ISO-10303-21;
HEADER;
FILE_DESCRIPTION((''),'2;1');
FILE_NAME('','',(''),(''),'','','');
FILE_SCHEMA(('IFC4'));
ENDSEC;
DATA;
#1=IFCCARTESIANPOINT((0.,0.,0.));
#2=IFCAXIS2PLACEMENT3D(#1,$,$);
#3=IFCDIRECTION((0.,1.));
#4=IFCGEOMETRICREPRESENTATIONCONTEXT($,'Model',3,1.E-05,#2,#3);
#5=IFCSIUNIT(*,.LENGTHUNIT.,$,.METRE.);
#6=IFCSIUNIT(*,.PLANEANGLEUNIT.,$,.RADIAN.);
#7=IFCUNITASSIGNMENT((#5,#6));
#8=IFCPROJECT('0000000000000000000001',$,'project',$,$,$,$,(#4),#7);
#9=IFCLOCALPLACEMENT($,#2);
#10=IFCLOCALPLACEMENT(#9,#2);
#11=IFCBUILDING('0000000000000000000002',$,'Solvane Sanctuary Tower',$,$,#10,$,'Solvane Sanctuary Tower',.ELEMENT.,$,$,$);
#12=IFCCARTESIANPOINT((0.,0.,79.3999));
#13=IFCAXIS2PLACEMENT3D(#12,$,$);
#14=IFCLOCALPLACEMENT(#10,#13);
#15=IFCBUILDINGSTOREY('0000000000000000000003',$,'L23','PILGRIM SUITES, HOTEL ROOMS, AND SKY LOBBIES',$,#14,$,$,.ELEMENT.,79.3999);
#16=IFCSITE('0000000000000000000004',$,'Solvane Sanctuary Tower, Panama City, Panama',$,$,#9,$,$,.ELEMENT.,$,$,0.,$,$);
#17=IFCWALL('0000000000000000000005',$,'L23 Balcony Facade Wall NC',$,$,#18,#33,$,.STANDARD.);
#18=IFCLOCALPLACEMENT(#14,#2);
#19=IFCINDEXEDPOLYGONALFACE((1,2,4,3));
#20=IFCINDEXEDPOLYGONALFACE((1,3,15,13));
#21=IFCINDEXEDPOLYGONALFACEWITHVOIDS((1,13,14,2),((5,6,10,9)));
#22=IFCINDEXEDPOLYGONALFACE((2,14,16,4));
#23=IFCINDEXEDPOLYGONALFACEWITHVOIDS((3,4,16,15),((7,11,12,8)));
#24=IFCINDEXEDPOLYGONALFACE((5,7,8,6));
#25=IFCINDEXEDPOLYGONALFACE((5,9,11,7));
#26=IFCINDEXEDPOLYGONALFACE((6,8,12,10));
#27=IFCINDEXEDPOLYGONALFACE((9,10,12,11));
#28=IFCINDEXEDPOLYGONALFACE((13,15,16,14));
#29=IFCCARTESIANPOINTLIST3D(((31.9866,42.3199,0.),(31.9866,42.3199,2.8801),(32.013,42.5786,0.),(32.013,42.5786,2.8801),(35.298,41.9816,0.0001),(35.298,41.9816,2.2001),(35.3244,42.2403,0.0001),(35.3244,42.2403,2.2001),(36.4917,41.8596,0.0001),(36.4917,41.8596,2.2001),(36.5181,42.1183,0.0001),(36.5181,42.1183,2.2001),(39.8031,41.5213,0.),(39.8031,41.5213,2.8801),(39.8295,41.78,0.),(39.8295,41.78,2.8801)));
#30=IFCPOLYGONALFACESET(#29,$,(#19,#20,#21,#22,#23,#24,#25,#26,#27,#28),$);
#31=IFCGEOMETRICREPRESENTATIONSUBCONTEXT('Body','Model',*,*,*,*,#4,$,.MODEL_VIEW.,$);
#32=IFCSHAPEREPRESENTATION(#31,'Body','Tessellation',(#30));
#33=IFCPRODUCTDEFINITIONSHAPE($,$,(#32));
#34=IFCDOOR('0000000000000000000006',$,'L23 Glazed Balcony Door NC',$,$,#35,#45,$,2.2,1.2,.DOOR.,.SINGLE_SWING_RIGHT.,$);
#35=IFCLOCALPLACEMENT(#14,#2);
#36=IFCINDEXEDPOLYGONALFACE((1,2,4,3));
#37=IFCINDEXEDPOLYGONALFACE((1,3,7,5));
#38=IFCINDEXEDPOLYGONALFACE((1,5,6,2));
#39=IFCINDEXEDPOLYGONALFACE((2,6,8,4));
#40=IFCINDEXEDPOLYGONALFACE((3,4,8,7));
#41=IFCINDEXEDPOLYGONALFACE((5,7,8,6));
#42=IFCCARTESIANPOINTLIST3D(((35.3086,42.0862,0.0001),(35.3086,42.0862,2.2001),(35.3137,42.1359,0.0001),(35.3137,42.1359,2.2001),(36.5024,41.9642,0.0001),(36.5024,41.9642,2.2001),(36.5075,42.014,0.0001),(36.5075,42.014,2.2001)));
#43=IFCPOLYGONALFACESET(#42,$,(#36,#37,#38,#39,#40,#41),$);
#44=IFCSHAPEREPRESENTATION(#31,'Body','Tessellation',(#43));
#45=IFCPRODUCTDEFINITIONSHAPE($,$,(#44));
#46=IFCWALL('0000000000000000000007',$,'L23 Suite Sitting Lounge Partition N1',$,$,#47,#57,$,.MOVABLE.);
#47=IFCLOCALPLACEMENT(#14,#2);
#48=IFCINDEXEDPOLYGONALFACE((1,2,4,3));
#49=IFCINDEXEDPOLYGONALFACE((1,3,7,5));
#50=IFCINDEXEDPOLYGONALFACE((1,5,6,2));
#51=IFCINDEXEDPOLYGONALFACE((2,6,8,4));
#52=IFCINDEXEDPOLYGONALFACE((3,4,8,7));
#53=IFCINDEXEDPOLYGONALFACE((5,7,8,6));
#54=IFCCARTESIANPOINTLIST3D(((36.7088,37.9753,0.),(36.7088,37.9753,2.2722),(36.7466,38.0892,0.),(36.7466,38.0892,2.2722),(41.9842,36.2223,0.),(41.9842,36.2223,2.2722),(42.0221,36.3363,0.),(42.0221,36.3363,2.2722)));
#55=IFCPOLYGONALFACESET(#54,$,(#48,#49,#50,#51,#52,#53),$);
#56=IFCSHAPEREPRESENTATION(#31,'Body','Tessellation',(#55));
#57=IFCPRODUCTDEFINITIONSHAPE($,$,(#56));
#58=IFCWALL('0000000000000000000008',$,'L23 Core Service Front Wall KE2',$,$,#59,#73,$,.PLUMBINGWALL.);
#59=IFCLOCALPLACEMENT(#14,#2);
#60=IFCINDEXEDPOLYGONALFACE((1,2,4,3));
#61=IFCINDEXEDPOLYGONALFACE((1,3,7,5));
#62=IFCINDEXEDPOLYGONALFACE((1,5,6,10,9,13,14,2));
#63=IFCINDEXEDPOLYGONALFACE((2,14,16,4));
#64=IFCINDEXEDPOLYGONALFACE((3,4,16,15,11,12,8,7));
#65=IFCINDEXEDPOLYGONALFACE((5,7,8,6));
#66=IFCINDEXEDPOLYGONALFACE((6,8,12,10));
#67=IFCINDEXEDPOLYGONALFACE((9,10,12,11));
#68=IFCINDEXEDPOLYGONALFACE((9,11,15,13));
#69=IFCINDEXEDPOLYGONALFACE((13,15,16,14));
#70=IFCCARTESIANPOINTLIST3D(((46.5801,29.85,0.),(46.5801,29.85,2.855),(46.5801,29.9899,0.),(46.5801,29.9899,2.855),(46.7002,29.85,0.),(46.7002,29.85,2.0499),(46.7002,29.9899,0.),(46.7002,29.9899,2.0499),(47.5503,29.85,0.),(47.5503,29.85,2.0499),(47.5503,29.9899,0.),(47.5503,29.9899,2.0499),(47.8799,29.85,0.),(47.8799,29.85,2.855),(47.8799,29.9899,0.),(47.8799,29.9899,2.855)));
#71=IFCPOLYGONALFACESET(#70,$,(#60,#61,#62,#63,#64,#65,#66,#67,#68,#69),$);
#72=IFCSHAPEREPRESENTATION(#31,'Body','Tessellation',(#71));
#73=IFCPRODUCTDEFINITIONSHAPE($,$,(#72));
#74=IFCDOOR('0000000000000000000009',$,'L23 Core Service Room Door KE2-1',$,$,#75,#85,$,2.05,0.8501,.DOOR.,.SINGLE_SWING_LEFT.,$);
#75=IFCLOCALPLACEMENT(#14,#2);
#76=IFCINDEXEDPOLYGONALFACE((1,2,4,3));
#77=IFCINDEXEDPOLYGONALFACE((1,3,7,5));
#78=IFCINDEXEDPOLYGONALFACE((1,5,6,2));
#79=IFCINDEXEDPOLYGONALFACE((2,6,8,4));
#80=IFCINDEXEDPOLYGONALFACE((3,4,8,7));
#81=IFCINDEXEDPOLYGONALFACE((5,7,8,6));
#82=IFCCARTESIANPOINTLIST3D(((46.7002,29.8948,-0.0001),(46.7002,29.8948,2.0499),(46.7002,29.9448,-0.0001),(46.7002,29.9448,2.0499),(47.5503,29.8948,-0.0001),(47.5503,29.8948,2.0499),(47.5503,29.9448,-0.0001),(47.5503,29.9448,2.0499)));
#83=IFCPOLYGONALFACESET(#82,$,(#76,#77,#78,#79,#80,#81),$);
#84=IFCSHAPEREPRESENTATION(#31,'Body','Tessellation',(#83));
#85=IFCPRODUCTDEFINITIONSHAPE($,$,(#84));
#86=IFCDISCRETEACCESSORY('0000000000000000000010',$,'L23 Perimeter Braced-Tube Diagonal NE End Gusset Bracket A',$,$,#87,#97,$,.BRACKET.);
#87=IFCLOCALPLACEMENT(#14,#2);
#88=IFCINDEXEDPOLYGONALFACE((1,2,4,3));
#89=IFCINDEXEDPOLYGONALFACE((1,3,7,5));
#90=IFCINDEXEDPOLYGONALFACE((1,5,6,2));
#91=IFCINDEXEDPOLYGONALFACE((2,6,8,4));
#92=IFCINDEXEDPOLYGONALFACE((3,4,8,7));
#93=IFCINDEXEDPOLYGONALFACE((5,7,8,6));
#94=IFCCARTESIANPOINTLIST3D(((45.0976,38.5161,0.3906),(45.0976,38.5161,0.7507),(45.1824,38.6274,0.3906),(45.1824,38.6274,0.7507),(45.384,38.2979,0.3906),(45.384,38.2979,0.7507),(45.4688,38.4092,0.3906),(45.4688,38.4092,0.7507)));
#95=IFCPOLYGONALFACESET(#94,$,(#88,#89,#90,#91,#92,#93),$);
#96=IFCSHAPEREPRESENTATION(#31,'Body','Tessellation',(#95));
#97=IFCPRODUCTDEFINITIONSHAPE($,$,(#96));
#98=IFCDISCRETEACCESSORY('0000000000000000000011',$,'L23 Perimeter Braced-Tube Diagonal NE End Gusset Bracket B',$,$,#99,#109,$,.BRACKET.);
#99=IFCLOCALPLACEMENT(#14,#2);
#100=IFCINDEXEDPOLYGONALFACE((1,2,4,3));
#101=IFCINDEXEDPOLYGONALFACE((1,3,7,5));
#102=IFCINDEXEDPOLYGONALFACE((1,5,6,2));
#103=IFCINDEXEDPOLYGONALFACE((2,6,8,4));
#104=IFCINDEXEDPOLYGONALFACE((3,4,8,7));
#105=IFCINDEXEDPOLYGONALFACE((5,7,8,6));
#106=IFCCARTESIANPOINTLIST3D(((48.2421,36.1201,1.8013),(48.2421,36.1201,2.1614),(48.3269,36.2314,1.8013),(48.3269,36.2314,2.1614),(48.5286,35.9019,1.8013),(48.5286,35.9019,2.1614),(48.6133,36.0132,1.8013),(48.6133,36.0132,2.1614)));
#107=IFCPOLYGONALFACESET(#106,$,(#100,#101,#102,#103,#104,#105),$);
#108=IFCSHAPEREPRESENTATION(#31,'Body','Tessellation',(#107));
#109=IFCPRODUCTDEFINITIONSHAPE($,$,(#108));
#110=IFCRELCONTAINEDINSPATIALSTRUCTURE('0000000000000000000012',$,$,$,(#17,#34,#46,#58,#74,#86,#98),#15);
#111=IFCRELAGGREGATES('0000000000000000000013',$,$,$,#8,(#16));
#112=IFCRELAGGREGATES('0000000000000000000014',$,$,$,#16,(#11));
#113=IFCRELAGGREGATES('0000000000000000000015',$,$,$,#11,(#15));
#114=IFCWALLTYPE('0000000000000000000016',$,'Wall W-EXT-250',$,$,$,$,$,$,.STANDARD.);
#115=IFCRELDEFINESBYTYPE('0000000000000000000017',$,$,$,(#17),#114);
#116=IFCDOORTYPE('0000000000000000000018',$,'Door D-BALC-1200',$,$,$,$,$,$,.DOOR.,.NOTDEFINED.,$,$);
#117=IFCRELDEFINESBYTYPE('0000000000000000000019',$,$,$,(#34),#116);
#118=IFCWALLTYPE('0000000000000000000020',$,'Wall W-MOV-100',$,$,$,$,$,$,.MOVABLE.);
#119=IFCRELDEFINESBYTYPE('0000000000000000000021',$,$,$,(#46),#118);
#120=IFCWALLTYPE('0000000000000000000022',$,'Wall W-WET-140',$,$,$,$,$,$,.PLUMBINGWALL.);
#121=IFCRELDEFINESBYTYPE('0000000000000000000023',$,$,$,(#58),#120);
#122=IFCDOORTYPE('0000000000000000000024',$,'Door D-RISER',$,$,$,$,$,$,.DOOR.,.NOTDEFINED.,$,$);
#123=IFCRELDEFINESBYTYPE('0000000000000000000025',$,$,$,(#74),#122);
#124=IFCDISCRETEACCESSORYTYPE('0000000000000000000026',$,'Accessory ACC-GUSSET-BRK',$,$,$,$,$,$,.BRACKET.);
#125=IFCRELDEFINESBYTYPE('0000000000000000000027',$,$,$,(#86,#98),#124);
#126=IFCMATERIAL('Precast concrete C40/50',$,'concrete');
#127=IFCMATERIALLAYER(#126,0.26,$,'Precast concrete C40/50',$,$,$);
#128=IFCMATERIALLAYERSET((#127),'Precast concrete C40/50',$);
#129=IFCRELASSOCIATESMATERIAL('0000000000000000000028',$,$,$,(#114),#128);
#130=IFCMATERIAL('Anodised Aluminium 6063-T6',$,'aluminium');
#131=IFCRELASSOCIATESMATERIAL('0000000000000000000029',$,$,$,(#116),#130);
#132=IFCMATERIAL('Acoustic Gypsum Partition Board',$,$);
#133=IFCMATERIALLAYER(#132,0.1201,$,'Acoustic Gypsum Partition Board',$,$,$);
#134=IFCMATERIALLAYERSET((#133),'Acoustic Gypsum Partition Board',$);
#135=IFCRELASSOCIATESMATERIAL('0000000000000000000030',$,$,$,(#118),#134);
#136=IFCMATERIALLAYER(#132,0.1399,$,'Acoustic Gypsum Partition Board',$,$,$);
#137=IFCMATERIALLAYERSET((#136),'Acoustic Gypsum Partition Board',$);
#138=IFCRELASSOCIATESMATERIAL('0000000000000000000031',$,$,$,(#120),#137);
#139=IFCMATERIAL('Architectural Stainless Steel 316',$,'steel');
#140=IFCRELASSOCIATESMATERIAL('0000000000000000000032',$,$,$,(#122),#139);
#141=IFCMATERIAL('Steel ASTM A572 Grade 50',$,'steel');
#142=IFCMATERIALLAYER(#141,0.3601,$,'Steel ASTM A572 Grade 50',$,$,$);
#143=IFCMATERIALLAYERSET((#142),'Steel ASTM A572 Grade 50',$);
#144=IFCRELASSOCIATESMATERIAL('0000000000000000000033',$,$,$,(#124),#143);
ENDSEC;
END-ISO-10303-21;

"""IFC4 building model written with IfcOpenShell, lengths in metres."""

from ifc_helpers import new_model, si_unit, direction, frame, frame_2d, origin, origin_2d, place, context, subcontext, project, spatial, rectangle, extrude, material, layer, layer_set, type_object, element, fill, save


model = new_model("IFC4")

# Units and contexts
model_context = context("Model", 3, precision=1e-05, world=origin(), true_north=direction((0.0, 1.0)))
body_context = subcontext(model_context, "Body", "Model", "MODEL_VIEW")
ifc_project = project(units=[si_unit("LENGTHUNIT", "METRE"), si_unit("PLANEANGLEUNIT", "RADIAN")], contexts=[model_context])

# Site, building, storey
site_placement = place(None, origin())
site = spatial("IfcSite", under=ifc_project, at=site_placement, Name="Solvane Sanctuary Tower, Panama City, Panama", CompositionType="ELEMENT", RefElevation=0.0)
building_placement = place(site_placement, origin())
building = spatial("IfcBuilding", under=site, at=building_placement, Name="Solvane Sanctuary Tower", LongName="Solvane Sanctuary Tower", CompositionType="ELEMENT")
storey_placement = place(building_placement, frame((0.0, 0.0, 79.3999)))
storey = spatial("IfcBuildingStorey", under=building, at=storey_placement, Name="L23", Description="PILGRIM SUITES, HOTEL ROOMS, AND SKY LOBBIES", CompositionType="ELEMENT", Elevation=79.3999)

# Shared definitions
ifc_material_1 = material(Name="Acoustic Gypsum Partition Board")

# Shared definitions
ifc_material_2 = material(Name="Precast concrete C40/50", Category="concrete")
ifc_layer_1 = layer(ifc_material_2, 0.26, Name="Precast concrete C40/50")
ifc_layer_set_1 = layer_set([ifc_layer_1], Name="Precast concrete C40/50")
wall_type_1 = type_object("IfcWallType", Name="Wall W-EXT-250", PredefinedType="STANDARD", material=ifc_layer_set_1)

# Wall, opening, door
wall_1_placement = place(storey_placement, frame((39.8164, 41.6506, 0.0), z_axis=(0.0, 0.0, 1.0), x_axis=(-0.994821, 0.101639, 0.0)))
wall_1 = element("IfcWall", 1, at=wall_1_placement, inside=storey, type_object=wall_type_1, Name="L23 Balcony Facade Wall NC", PredefinedType="STANDARD", context=body_context, shape_type="SweptSolid", body=[
    extrude(rectangle(XDim=7.8572, YDim=0.26, at=frame_2d((3.9287, 0.0))), origin(), (0.0, 0.0, 1.0), 2.8801),
])
opening_1_placement = place(wall_1_placement, frame((3.3286, 0.0, 0.0)))
opening_1 = element("IfcOpeningElement", 2, at=opening_1_placement, cuts=wall_1, PredefinedType="OPENING", context=body_context, shape_type="SweptSolid", body=[
    extrude(rectangle(XDim=1.2, YDim=2.2, at=frame_2d((0.6001, 1.1001))), frame((0.0, 0.1399, 0.0), z_axis=(0.0, -1.0, 0.0), x_axis=(1.0, 0.0, 0.0)), (0.0, 0.0, 1.0), 0.28),
])
ifc_material_3 = material(Name="Anodised Aluminium 6063-T6", Category="aluminium")
door_type_1 = type_object("IfcDoorType", Name="Door D-BALC-1200", OperationType="NOTDEFINED", PredefinedType="DOOR", material=ifc_material_3)
door_1_placement = place(opening_1_placement, origin())
door_1 = element("IfcDoor", 3, at=door_1_placement, inside=storey, type_object=door_type_1, Name="L23 Glazed Balcony Door NC", OperationType="SINGLE_SWING_RIGHT", OverallHeight=2.2, OverallWidth=1.2, PredefinedType="DOOR", context=body_context, shape_type="SweptSolid", body=[
    extrude(rectangle(XDim=1.2, YDim=2.2, at=frame_2d((0.6001, 1.1001))), frame((0.0, 0.0249, 0.0), z_axis=(0.0, -1.0, 0.0), x_axis=(1.0, 0.0, 0.0)), (0.0, 0.0, 1.0), 0.05),
])
fill(opening_1, door_1)

# Wall
ifc_layer_2 = layer(ifc_material_1, 0.1201, Name="Acoustic Gypsum Partition Board")
ifc_layer_set_2 = layer_set([ifc_layer_2], Name="Acoustic Gypsum Partition Board")
wall_type_2 = type_object("IfcWallType", Name="Wall W-MOV-100", PredefinedType="MOVABLE", material=ifc_layer_set_2)
wall_2_placement = place(storey_placement, frame((42.0032, 36.2793, 0.0), z_axis=(0.0, 0.0, 1.0), x_axis=(-0.948982, 0.315332, 0.0)))
element("IfcWall", 4, at=wall_2_placement, inside=storey, type_object=wall_type_2, Name="L23 Suite Sitting Lounge Partition N1", PredefinedType="MOVABLE", context=body_context, shape_type="SweptSolid", body=[
    extrude(rectangle(XDim=5.5591, YDim=0.1201, at=frame_2d((2.7795, 0.0))), origin(), (0.0, 0.0, 1.0), 2.2722),
])

# Wall, opening, door
ifc_layer_3 = layer(ifc_material_1, 0.1399, Name="Acoustic Gypsum Partition Board")
ifc_layer_set_3 = layer_set([ifc_layer_3], Name="Acoustic Gypsum Partition Board")
wall_type_3 = type_object("IfcWallType", Name="Wall W-WET-140", PredefinedType="PLUMBINGWALL", material=ifc_layer_set_3)
wall_3_placement = place(storey_placement, frame((46.5801, 29.9199, 0.0), z_axis=(0.0, 0.0, 1.0), x_axis=(1.0, 0.0, 0.0)))
wall_3 = element("IfcWall", 5, at=wall_3_placement, inside=storey, type_object=wall_type_3, Name="L23 Core Service Front Wall KE2", PredefinedType="PLUMBINGWALL", context=body_context, shape_type="SweptSolid", body=[
    extrude(rectangle(XDim=1.2998, YDim=0.1399, at=frame_2d((0.6499, 0.0))), origin(), (0.0, 0.0, 1.0), 2.855),
])
opening_2_placement = place(wall_3_placement, frame((0.1201, 0.0, 0.0)))
opening_2 = element("IfcOpeningElement", 6, at=opening_2_placement, cuts=wall_3, PredefinedType="OPENING", context=body_context, shape_type="SweptSolid", body=[
    extrude(rectangle(XDim=0.8501, YDim=2.05, at=frame_2d((0.425, 1.0249))), frame((0.0, 0.0798, 0.0), z_axis=(0.0, -1.0, 0.0), x_axis=(1.0, 0.0, 0.0)), (0.0, 0.0, 1.0), 0.1599),
])
ifc_material_4 = material(Name="Architectural Stainless Steel 316", Category="steel")
door_type_2 = type_object("IfcDoorType", Name="Door D-RISER", OperationType="NOTDEFINED", PredefinedType="DOOR", material=ifc_material_4)
door_2_placement = place(opening_2_placement, origin())
door_2 = element("IfcDoor", 7, at=door_2_placement, inside=storey, type_object=door_type_2, Name="L23 Core Service Room Door KE2-1", OperationType="SINGLE_SWING_LEFT", OverallHeight=2.05, OverallWidth=0.8501, PredefinedType="DOOR", context=body_context, shape_type="SweptSolid", body=[
    extrude(rectangle(XDim=0.8501, YDim=2.05, at=frame_2d((0.425, 1.0249))), frame((0.0, 0.0249, 0.0), z_axis=(0.0, -1.0, 0.0), x_axis=(1.0, 0.0, 0.0)), (0.0, 0.0, 1.0), 0.05),
])
fill(opening_2, door_2)

# Discrete accessories
ifc_material_5 = material(Name="Steel ASTM A572 Grade 50", Category="steel")
ifc_layer_4 = layer(ifc_material_5, 0.3601, Name="Steel ASTM A572 Grade 50")
ifc_layer_set_4 = layer_set([ifc_layer_4], Name="Steel ASTM A572 Grade 50")
discrete_accessory_type = type_object("IfcDiscreteAccessoryType", Name="Accessory ACC-GUSSET-BRK", PredefinedType="BRACKET", material=ifc_layer_set_4)
for number, where, z_axis, x_axis, name in (
    (8, (45.2832, 38.4626, 0.3906), (0.0, 0.0, 1.0), (0.795473, -0.605988, 0.0), "L23 Perimeter Braced-Tube Diagonal NE End Gusset Bracket A"),
    (9, (48.4277, 36.0667, 1.8013), (0.0, 0.0, 1.0), (0.795473, -0.605988, 0.0), "L23 Perimeter Braced-Tube Diagonal NE End Gusset Bracket B"),
):
    element("IfcDiscreteAccessory", number, at=place(storey_placement, frame(where, z_axis=z_axis, x_axis=x_axis)), inside=storey, type_object=discrete_accessory_type, Name=name, PredefinedType="BRACKET", context=body_context, shape_type="SweptSolid", body=[
        extrude(rectangle(XDim=0.3601, YDim=0.1399, at=origin_2d()), origin(), (0.0, 0.0, 1.0), 0.3601),
    ])

save(model, "model.ifc")
